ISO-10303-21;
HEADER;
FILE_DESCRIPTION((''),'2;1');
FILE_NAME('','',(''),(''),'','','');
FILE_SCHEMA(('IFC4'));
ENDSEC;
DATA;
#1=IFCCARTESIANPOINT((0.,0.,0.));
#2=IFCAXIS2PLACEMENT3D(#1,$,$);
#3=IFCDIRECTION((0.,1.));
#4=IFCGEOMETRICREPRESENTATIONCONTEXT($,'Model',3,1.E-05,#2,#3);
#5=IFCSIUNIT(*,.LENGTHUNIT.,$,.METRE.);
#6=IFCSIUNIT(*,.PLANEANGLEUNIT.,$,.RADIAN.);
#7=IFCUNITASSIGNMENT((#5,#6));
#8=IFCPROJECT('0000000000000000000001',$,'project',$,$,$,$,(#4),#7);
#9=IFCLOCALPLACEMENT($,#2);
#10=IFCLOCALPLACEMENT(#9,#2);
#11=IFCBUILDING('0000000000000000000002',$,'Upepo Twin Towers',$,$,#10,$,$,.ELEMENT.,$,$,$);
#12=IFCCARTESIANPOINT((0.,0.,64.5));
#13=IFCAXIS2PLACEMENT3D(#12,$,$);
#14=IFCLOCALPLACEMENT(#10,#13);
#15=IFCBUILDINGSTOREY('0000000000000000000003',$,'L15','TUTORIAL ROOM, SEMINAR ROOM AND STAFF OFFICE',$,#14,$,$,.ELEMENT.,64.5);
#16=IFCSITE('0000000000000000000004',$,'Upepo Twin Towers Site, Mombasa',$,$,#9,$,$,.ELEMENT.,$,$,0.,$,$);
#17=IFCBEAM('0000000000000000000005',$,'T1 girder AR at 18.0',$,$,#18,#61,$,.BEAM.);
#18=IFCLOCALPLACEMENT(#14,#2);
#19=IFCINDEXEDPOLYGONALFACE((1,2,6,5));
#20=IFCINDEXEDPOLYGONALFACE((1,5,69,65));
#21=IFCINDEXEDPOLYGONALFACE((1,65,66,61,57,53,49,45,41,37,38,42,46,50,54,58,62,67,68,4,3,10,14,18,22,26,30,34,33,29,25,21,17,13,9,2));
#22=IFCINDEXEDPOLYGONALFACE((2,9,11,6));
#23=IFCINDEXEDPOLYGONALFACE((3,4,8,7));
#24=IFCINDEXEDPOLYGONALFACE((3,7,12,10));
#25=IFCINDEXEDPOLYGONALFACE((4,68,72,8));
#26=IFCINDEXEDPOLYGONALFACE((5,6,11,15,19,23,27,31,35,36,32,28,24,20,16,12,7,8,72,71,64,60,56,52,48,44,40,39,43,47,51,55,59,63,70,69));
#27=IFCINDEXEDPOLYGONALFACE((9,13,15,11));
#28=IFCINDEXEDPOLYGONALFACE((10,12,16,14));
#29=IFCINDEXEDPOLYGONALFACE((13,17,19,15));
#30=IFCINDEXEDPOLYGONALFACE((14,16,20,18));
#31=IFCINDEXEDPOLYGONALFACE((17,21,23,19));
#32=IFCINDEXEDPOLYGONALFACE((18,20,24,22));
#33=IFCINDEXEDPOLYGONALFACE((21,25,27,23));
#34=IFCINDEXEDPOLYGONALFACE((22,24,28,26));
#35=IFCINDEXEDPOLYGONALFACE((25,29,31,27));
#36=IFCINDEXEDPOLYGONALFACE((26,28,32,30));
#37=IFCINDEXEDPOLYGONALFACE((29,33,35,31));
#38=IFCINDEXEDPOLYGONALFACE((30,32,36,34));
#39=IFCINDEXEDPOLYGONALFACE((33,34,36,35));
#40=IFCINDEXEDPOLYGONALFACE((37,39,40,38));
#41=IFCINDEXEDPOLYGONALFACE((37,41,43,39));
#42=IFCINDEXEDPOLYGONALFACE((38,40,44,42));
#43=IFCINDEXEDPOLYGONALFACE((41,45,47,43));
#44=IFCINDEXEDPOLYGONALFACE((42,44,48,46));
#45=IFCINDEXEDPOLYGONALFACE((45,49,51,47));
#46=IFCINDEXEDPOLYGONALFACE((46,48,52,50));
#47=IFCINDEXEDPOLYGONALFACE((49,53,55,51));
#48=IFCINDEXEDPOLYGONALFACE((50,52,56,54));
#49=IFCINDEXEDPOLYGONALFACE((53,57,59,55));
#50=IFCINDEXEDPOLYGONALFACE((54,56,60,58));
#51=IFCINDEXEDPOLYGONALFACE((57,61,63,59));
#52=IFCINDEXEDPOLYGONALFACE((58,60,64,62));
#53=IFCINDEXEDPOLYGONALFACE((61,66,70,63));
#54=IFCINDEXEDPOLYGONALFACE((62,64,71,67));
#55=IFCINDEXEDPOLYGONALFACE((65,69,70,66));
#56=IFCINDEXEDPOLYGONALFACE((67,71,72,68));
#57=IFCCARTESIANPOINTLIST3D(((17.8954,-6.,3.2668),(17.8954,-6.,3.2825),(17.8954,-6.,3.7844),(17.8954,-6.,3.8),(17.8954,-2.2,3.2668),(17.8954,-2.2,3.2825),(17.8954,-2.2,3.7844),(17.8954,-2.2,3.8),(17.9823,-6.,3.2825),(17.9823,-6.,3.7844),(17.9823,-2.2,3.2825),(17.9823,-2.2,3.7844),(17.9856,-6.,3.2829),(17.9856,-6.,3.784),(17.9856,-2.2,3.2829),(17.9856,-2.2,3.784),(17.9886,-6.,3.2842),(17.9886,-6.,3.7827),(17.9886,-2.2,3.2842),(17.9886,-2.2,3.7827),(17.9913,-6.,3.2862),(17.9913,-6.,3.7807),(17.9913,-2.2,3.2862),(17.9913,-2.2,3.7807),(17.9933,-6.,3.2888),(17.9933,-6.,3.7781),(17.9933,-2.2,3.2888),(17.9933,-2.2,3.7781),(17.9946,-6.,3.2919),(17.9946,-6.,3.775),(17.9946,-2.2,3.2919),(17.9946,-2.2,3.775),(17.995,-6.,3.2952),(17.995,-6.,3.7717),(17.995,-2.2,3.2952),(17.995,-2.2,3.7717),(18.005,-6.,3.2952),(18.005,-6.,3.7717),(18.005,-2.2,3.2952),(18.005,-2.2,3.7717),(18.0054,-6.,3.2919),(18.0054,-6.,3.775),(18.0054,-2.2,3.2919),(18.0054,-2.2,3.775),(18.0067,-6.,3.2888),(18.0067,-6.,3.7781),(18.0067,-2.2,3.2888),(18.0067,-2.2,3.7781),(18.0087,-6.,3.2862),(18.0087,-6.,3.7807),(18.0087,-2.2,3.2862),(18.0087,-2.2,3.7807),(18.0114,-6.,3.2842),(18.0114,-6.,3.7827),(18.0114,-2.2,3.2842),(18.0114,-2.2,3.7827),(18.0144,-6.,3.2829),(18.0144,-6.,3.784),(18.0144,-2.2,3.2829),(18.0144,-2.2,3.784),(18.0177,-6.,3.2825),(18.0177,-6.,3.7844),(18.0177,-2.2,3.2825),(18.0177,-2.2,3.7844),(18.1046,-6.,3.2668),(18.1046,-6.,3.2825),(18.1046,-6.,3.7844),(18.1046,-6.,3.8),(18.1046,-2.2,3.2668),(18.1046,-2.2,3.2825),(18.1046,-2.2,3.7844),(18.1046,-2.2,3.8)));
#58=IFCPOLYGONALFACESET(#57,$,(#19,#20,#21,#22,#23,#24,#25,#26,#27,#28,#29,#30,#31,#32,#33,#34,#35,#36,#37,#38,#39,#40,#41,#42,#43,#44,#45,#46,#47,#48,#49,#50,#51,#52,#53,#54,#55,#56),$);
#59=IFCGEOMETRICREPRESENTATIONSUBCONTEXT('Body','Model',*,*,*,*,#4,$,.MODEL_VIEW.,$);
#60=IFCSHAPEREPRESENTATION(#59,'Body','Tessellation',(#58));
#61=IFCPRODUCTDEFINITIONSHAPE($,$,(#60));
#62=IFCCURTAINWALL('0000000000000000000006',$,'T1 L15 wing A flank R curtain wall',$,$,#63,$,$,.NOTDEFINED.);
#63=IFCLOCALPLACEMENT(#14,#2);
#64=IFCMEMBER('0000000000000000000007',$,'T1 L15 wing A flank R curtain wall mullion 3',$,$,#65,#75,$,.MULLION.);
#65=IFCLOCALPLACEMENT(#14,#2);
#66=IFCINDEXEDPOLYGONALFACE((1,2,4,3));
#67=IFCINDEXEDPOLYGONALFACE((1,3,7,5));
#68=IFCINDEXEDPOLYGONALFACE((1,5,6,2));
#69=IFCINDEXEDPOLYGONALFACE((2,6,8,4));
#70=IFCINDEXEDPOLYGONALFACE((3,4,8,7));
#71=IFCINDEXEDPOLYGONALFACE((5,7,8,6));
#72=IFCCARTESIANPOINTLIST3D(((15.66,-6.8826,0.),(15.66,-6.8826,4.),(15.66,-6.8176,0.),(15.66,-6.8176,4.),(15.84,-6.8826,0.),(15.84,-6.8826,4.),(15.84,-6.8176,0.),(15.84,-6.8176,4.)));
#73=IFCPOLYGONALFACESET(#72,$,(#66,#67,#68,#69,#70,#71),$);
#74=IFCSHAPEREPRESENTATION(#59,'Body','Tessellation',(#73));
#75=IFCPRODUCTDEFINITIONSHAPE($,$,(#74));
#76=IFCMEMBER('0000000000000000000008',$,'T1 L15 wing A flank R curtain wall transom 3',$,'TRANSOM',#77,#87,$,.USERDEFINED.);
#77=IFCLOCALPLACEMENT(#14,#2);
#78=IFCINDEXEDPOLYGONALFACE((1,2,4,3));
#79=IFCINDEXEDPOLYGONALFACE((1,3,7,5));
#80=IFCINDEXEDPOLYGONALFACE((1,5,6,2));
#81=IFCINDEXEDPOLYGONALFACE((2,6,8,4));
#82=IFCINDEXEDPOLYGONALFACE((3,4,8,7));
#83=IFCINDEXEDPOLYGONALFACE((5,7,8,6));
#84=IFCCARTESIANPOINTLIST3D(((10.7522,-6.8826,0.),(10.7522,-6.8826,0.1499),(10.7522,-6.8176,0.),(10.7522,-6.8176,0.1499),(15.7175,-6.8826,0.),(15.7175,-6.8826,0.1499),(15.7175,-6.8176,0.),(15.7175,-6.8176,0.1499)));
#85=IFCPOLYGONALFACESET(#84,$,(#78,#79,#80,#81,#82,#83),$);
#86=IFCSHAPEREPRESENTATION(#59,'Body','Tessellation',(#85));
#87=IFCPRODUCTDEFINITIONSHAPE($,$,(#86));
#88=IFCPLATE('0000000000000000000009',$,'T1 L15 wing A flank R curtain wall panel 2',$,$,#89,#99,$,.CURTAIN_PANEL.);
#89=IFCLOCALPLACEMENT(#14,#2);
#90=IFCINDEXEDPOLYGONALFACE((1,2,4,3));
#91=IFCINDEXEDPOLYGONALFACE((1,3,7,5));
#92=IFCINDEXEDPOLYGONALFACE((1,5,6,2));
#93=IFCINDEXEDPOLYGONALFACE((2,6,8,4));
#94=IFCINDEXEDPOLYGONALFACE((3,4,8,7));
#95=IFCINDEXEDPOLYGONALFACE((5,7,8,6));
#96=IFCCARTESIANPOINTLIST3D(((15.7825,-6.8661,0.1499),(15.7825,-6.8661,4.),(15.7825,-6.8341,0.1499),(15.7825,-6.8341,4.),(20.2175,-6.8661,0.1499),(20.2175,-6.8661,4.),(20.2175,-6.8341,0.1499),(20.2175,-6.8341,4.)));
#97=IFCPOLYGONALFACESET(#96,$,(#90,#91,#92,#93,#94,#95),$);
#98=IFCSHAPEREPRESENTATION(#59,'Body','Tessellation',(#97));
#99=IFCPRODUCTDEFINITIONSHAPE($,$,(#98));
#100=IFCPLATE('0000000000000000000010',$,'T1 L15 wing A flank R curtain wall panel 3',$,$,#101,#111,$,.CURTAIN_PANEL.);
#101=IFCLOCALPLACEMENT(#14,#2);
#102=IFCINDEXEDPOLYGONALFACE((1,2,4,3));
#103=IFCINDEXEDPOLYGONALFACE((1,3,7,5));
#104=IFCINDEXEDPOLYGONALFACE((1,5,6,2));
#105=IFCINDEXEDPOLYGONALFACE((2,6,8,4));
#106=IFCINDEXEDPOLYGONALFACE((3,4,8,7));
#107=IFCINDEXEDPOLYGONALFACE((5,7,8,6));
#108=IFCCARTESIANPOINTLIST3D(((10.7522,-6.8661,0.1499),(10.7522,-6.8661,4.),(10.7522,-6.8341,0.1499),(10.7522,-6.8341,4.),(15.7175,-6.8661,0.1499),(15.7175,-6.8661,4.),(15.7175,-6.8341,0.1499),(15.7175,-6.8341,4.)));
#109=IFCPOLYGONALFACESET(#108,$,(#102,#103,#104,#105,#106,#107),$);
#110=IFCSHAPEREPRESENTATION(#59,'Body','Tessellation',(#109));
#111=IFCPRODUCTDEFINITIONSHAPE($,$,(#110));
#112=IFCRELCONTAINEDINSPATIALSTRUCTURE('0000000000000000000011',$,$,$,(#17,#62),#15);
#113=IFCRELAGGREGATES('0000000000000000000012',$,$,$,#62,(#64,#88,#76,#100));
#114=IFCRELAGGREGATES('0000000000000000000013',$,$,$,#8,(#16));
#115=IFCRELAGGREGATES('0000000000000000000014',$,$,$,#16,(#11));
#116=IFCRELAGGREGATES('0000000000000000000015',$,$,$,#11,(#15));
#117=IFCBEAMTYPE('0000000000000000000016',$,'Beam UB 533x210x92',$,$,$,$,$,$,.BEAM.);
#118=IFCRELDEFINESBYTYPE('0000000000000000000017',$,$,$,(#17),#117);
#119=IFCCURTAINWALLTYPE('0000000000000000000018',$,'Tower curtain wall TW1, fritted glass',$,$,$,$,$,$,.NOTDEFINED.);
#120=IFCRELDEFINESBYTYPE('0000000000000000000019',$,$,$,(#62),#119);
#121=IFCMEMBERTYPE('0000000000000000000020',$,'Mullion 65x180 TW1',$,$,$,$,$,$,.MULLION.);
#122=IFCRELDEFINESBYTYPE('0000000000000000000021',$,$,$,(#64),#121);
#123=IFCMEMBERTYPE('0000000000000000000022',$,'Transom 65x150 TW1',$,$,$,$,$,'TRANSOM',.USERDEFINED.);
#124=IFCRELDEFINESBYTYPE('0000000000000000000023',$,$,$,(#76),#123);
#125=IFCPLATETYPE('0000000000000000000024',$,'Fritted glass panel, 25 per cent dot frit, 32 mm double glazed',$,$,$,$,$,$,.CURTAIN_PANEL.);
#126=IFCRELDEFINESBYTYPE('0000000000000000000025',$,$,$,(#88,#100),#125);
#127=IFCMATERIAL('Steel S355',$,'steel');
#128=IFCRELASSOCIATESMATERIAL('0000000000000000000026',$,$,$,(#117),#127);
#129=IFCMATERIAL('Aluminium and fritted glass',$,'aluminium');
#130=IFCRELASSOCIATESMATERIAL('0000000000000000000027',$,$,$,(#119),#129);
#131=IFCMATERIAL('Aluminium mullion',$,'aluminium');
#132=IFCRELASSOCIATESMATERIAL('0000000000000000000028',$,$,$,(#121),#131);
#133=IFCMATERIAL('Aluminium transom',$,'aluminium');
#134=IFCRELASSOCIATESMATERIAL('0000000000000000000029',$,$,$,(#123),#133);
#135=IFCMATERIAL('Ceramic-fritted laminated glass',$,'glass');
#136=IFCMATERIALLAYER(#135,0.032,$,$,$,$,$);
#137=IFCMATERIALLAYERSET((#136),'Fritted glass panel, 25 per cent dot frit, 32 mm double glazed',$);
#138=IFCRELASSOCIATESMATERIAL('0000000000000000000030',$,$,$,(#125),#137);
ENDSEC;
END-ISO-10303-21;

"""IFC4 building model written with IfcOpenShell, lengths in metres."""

from ifc_helpers import new_model, si_unit, direction, frame, origin, origin_2d, place, context, subcontext, project, spatial, rectangle, i_section, extrude, material, layer, layer_set, material_profile, profile_set, type_object, element, aggregate, save


model = new_model("IFC4")

# Units and contexts
model_context = context("Model", 3, precision=1e-05, world=origin(), true_north=direction((0.0, 1.0)))
body_context = subcontext(model_context, "Body", "Model", "MODEL_VIEW")
ifc_project = project(units=[si_unit("LENGTHUNIT", "METRE"), si_unit("PLANEANGLEUNIT", "RADIAN")], contexts=[model_context])

# Site, building, storey
site_placement = place(None, origin())
site = spatial("IfcSite", under=ifc_project, at=site_placement, Name="Upepo Twin Towers Site, Mombasa", CompositionType="ELEMENT", RefElevation=0.0)
building_placement = place(site_placement, origin())
building = spatial("IfcBuilding", under=site, at=building_placement, Name="Upepo Twin Towers", CompositionType="ELEMENT")
storey_placement = place(building_placement, frame((0.0, 0.0, 64.5)))
storey = spatial("IfcBuildingStorey", under=building, at=storey_placement, Name="L15", Description="TUTORIAL ROOM, SEMINAR ROOM AND STAFF OFFICE", CompositionType="ELEMENT", Elevation=64.5)

# Beam
ifc_material_1 = material(Name="Steel S355", Category="steel")
ifc_material_profile_1 = material_profile(ifc_material_1, i_section(OverallWidth=0.2092, OverallDepth=0.5332, WebThickness=0.01, FlangeThickness=0.0156, FilletRadius=0.0127, at=origin_2d()), Name="UB 533x210x92")
ifc_profile_set_1 = profile_set([ifc_material_profile_1], Name="Steel S355")
beam_type_1 = type_object("IfcBeamType", Name="Beam UB 533x210x92", PredefinedType="BEAM", material=ifc_profile_set_1)
for number, where, z_axis, x_axis, name in (
    (1, (18.0, -6.0, 3.5334), (0.0, 1.0, 0.0), (-1.0, 0.0, 0.0), "T1 girder AR at 18.0"),
):
    element("IfcBeam", number, at=place(storey_placement, frame(where, z_axis=z_axis, x_axis=x_axis)), inside=storey, type_object=beam_type_1, Name=name, PredefinedType="BEAM", context=body_context, shape_type="SweptSolid", body=[
        extrude(i_section(OverallWidth=0.2092, OverallDepth=0.5332, WebThickness=0.01, FlangeThickness=0.0156, FilletRadius=0.0127, at=origin_2d()), origin(), (0.0, 0.0, 1.0), 3.8),
    ])

# Curtain wall, members, plates
ifc_material_2 = material(Name="Aluminium and fritted glass", Category="aluminium")
curtain_wall_type = type_object("IfcCurtainWallType", Name="Tower curtain wall TW1, fritted glass", PredefinedType="NOTDEFINED", material=ifc_material_2)
curtain_wall_placement = place(storey_placement, origin())
curtain_wall = element("IfcCurtainWall", 2, at=curtain_wall_placement, inside=storey, type_object=curtain_wall_type, Name="T1 L15 wing A flank R curtain wall", PredefinedType="NOTDEFINED")
ifc_material_3 = material(Name="Aluminium mullion", Category="aluminium")
ifc_material_profile_2 = material_profile(ifc_material_3, rectangle(XDim=0.0649, YDim=0.1799, at=origin_2d()), Name="MULLION 65x180")
ifc_profile_set_2 = profile_set([ifc_material_profile_2], Name="Aluminium mullion")
member_type_1 = type_object("IfcMemberType", Name="Mullion 65x180 TW1", PredefinedType="MULLION", material=ifc_profile_set_2)
member_1_placement = place(storey_placement, frame((15.75, -6.8501, 0.0), z_axis=(0.0, 0.0, 1.0), x_axis=(0.0, -1.0, 0.0)))
member_1 = element("IfcMember", 3, at=member_1_placement, type_object=member_type_1, Name="T1 L15 wing A flank R curtain wall mullion 3", PredefinedType="MULLION", context=body_context, shape_type="SweptSolid", body=[
    extrude(rectangle(XDim=0.0649, YDim=0.1799, at=origin_2d()), origin(), (0.0, 0.0, 1.0), 4.0),
])
ifc_material_4 = material(Name="Aluminium transom", Category="aluminium")
ifc_material_profile_3 = material_profile(ifc_material_4, rectangle(XDim=0.0649, YDim=0.1499, at=origin_2d()), Name="TRANSOM 65x150")
ifc_profile_set_3 = profile_set([ifc_material_profile_3], Name="Aluminium transom")
member_type_2 = type_object("IfcMemberType", Name="Transom 65x150 TW1", ElementType="TRANSOM", PredefinedType="USERDEFINED", material=ifc_profile_set_3)
member_2_placement = place(storey_placement, frame((15.7175, -6.8501, 0.075), z_axis=(-1.0, 0.0, 0.0), x_axis=(0.0, -1.0, 0.0)))
member_2 = element("IfcMember", 4, at=member_2_placement, type_object=member_type_2, Name="T1 L15 wing A flank R curtain wall transom 3", ObjectType="TRANSOM", PredefinedType="USERDEFINED", context=body_context, shape_type="SweptSolid", body=[
    extrude(rectangle(XDim=0.0649, YDim=0.1499, at=origin_2d()), origin(), (0.0, 0.0, 1.0), 4.9653),
])
ifc_material_5 = material(Name="Ceramic-fritted laminated glass", Category="glass")
ifc_layer_1 = layer(ifc_material_5, 0.032)
ifc_layer_set_1 = layer_set([ifc_layer_1], Name="Fritted glass panel, 25 per cent dot frit, 32 mm double glazed")
plate_type = type_object("IfcPlateType", Name="Fritted glass panel, 25 per cent dot frit, 32 mm double glazed", PredefinedType="CURTAIN_PANEL", material=ifc_layer_set_1)
plate_1_placement = place(storey_placement, frame((18.0, -6.8501, 0.1499), z_axis=(0.0, 0.0, 1.0), x_axis=(-1.0, 0.0, 0.0)))
plate_1 = element("IfcPlate", 5, at=plate_1_placement, type_object=plate_type, Name="T1 L15 wing A flank R curtain wall panel 2", PredefinedType="CURTAIN_PANEL", context=body_context, shape_type="SweptSolid", body=[
    extrude(rectangle(XDim=4.4351, YDim=0.032, at=origin_2d()), origin(), (0.0, 0.0, 1.0), 3.8501),
])
plate_2_placement = place(storey_placement, frame((13.2349, -6.8501, 0.1499), z_axis=(0.0, 0.0, 1.0), x_axis=(-1.0, 0.0, 0.0)))
plate_2 = element("IfcPlate", 6, at=plate_2_placement, type_object=plate_type, Name="T1 L15 wing A flank R curtain wall panel 3", PredefinedType="CURTAIN_PANEL", context=body_context, shape_type="SweptSolid", body=[
    extrude(rectangle(XDim=4.9653, YDim=0.032, at=origin_2d()), origin(), (0.0, 0.0, 1.0), 3.8501),
])
aggregate(curtain_wall, [member_1, plate_1, member_2, plate_2])

save(model, "model.ifc")
